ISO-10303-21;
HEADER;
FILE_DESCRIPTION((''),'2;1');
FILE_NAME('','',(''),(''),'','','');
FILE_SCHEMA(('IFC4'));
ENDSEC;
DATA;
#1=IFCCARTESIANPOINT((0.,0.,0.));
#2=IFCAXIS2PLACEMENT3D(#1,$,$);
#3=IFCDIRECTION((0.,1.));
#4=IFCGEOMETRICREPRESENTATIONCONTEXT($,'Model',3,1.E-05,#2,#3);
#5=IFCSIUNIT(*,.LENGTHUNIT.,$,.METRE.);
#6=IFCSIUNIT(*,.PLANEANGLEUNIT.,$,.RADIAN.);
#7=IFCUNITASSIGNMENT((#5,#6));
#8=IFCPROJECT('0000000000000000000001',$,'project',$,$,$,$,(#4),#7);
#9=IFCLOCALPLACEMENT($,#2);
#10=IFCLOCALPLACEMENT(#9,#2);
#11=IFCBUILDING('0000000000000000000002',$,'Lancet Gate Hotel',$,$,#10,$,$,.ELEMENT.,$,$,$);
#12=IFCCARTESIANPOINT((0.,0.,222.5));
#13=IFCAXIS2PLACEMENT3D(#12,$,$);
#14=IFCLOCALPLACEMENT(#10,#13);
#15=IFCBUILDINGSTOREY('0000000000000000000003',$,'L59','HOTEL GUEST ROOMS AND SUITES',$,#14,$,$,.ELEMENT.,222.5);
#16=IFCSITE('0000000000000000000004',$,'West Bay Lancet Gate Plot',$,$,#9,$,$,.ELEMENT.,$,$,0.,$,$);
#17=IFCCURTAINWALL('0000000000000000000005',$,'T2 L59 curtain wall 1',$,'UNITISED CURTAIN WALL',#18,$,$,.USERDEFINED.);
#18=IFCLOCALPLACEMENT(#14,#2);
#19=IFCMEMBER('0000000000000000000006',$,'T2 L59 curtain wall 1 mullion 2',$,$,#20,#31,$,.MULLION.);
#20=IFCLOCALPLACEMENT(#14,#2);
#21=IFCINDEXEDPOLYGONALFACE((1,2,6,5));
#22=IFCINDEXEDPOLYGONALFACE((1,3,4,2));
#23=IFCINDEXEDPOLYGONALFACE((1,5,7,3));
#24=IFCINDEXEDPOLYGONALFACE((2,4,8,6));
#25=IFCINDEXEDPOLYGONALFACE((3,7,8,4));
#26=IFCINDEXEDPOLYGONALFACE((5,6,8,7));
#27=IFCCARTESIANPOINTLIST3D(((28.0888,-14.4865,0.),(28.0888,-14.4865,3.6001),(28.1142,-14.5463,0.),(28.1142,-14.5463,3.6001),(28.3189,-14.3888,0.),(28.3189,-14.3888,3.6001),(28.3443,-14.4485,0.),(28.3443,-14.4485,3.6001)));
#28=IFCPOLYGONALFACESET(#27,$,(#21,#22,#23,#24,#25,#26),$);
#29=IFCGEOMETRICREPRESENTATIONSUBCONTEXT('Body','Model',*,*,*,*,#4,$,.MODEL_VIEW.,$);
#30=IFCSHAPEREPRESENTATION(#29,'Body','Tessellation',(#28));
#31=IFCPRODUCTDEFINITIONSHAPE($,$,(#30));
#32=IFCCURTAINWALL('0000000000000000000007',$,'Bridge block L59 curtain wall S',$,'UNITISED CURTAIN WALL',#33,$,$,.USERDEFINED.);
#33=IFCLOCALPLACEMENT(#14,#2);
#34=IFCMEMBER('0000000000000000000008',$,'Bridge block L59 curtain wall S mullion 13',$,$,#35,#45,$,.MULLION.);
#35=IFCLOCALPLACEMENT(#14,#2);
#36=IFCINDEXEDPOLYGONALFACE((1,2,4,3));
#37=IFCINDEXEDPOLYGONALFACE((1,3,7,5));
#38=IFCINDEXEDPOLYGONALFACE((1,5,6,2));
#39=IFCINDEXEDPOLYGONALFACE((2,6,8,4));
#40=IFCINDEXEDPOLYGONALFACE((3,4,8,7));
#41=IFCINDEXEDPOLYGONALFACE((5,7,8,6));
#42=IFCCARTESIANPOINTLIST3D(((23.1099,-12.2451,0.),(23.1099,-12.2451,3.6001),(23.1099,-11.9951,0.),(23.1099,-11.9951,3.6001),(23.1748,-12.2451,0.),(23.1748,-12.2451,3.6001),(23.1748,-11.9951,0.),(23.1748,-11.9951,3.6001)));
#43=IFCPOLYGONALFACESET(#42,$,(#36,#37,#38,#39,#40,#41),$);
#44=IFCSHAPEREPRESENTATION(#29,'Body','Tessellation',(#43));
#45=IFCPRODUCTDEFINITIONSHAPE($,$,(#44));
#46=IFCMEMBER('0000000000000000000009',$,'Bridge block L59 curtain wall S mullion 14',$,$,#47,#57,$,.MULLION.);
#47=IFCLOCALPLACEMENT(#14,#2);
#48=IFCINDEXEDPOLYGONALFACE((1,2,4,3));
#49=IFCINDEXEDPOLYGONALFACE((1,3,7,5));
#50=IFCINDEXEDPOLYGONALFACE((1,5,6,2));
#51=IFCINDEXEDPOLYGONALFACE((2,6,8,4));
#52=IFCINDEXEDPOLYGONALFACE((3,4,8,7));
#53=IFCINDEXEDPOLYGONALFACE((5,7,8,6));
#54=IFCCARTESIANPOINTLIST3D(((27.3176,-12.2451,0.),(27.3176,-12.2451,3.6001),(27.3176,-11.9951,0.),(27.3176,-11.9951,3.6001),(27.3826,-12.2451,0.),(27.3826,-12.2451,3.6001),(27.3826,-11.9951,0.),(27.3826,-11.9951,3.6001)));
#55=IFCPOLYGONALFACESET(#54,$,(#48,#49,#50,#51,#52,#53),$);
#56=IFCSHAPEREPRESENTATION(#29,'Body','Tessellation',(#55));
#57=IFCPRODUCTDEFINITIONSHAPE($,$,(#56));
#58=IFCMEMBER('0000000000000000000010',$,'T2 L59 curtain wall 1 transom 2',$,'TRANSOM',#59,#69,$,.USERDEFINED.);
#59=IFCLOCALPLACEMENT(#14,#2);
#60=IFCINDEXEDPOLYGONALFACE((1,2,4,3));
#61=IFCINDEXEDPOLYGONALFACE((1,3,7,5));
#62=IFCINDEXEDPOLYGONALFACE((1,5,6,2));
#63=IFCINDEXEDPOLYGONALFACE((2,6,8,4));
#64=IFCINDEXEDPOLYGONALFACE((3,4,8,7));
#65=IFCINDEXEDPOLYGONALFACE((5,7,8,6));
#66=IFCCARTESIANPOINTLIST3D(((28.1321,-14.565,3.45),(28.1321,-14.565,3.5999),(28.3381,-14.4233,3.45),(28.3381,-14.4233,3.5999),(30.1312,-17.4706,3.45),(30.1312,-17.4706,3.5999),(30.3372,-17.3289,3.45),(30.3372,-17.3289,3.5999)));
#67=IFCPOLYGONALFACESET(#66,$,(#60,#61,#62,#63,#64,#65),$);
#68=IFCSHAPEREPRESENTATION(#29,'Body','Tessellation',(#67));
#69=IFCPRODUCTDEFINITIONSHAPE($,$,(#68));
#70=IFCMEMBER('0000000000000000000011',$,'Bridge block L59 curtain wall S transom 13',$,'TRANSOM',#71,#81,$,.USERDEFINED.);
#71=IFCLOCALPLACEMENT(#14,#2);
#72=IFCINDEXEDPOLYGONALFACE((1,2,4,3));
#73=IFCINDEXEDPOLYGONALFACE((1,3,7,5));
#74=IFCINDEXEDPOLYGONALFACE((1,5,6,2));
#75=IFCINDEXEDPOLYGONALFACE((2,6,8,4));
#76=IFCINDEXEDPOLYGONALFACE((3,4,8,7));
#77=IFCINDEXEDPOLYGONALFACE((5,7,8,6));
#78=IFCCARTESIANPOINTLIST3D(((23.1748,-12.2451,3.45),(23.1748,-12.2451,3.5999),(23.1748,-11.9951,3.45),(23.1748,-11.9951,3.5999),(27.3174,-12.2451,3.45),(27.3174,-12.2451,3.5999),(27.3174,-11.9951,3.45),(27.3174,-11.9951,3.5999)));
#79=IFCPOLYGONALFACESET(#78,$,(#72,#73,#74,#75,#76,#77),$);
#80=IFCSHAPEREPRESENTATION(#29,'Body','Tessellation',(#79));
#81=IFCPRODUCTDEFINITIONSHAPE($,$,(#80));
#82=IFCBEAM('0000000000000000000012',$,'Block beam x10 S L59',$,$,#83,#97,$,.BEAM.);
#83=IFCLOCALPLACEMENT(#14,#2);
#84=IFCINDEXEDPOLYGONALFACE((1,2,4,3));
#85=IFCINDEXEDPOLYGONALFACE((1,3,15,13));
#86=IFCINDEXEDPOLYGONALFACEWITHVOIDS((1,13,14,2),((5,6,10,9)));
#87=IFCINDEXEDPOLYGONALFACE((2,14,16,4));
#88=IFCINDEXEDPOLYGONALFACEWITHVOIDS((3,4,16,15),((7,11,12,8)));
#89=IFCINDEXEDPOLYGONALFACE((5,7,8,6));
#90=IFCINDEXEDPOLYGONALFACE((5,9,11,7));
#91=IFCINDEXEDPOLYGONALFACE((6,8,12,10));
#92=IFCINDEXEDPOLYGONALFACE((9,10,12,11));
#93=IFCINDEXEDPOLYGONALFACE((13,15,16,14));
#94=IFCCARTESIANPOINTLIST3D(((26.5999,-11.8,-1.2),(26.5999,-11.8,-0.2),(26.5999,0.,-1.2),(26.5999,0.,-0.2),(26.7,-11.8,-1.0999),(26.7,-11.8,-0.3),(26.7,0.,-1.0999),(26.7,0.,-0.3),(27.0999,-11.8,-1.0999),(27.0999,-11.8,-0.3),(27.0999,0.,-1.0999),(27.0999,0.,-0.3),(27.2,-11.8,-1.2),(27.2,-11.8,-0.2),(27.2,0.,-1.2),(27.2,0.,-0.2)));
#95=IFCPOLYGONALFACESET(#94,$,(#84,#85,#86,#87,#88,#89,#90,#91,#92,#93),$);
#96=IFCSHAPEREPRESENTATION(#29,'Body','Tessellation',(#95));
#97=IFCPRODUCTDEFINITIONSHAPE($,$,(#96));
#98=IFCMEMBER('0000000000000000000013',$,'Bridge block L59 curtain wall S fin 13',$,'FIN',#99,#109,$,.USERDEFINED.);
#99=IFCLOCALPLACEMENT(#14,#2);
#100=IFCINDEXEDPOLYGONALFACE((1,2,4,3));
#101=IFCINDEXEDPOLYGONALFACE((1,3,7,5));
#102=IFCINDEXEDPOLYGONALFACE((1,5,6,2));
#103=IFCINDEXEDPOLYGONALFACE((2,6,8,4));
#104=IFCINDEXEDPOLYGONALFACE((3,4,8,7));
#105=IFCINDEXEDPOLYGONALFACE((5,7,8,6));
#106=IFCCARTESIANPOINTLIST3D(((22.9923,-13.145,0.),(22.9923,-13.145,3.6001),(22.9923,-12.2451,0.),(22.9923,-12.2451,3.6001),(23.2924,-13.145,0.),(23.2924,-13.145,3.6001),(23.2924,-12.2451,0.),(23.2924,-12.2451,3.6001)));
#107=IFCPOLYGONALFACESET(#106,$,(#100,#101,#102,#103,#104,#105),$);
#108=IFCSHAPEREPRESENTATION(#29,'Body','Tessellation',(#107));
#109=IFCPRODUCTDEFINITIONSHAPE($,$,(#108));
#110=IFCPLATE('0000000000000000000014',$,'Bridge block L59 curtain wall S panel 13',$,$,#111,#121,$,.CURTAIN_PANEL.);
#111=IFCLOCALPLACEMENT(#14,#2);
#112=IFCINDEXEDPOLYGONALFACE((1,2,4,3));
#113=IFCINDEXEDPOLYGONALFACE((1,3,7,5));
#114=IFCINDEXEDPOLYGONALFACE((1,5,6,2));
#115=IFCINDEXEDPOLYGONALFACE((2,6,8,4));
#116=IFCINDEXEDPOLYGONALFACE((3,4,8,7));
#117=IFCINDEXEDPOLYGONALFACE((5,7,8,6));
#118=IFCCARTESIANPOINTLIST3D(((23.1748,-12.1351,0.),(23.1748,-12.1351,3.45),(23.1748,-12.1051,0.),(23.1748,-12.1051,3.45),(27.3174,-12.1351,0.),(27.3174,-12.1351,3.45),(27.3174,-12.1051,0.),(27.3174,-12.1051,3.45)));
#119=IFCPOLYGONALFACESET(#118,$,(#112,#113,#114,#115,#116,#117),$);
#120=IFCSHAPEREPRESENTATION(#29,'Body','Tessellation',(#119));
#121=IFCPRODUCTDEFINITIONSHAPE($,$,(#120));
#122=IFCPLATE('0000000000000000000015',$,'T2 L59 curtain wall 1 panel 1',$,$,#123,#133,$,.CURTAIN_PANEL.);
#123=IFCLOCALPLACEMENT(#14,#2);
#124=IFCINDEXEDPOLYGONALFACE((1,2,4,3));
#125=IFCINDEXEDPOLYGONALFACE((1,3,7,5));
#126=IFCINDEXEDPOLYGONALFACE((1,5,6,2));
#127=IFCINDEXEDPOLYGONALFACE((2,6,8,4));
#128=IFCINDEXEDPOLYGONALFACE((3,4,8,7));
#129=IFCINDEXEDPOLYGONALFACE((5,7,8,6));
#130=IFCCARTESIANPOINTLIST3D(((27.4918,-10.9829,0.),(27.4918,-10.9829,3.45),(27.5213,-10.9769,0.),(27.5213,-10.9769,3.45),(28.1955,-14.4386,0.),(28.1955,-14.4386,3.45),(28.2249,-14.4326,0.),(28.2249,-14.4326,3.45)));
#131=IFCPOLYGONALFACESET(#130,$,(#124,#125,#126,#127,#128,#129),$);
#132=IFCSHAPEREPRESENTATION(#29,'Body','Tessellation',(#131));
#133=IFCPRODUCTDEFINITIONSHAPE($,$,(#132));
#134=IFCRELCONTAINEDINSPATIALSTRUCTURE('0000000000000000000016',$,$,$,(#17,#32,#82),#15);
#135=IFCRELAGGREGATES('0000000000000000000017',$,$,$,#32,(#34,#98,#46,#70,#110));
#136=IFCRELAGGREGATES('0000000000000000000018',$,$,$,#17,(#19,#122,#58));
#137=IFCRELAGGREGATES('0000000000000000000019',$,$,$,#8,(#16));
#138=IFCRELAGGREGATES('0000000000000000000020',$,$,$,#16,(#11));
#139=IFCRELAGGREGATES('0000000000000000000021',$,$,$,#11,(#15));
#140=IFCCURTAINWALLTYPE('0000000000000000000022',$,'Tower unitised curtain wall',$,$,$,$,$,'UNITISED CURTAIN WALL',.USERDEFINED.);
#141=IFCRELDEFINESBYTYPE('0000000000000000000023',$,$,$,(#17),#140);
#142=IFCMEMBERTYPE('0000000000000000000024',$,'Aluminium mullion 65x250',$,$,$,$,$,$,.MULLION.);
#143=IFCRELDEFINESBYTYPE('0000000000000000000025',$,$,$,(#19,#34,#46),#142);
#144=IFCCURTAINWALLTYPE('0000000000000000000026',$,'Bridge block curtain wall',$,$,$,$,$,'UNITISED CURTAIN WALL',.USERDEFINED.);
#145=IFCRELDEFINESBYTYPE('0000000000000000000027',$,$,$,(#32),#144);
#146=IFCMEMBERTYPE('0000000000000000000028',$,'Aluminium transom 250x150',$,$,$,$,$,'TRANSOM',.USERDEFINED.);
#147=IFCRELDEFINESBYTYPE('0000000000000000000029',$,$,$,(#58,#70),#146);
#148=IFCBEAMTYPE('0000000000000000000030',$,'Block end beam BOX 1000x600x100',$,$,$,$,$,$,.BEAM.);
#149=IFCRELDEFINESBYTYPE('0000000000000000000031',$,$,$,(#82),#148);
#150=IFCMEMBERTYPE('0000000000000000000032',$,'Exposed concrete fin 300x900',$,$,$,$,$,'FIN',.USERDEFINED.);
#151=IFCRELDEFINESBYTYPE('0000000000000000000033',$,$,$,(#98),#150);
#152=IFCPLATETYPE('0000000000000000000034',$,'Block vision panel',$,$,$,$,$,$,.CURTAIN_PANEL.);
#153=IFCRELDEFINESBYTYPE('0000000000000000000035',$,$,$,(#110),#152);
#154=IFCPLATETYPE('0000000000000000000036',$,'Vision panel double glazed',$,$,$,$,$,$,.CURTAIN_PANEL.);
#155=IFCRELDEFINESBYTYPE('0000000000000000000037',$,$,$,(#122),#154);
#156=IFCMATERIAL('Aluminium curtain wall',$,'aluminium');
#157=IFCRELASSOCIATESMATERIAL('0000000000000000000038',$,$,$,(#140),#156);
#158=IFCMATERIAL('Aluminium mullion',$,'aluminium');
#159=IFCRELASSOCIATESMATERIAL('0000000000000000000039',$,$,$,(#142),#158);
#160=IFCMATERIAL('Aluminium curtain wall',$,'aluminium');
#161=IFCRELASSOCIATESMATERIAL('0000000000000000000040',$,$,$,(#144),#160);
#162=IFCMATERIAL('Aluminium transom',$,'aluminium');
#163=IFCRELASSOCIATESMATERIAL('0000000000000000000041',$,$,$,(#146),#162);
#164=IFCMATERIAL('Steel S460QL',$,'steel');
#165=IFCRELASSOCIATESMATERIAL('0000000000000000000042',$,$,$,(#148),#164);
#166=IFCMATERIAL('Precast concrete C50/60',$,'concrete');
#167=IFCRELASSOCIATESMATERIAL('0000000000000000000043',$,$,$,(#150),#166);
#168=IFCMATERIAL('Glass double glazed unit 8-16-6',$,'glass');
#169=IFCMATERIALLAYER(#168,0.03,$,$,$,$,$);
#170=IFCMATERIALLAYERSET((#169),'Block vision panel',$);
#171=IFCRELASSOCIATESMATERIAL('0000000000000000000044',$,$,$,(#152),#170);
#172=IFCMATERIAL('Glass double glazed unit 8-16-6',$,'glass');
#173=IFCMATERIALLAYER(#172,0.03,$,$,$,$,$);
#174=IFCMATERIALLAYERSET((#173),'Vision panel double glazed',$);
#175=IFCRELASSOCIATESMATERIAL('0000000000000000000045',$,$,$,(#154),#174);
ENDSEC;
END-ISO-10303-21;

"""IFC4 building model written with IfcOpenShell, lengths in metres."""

from ifc_helpers import new_model, si_unit, direction, frame, origin, origin_2d, place, context, subcontext, project, spatial, rectangle, hollow_rectangle, extrude, material, layer, layer_set, material_profile, profile_set, type_object, element, aggregate, save


model = new_model("IFC4")

# Units and contexts
model_context = context("Model", 3, precision=1e-05, world=origin(), true_north=direction((0.0, 1.0)))
body_context = subcontext(model_context, "Body", "Model", "MODEL_VIEW")
ifc_project = project(units=[si_unit("LENGTHUNIT", "METRE"), si_unit("PLANEANGLEUNIT", "RADIAN")], contexts=[model_context])

# Site, building, storey
site_placement = place(None, origin())
site = spatial("IfcSite", under=ifc_project, at=site_placement, Name="West Bay Lancet Gate Plot", CompositionType="ELEMENT", RefElevation=0.0)
building_placement = place(site_placement, origin())
building = spatial("IfcBuilding", under=site, at=building_placement, Name="Lancet Gate Hotel", CompositionType="ELEMENT")
storey_placement = place(building_placement, frame((0.0, 0.0, 222.5)))
storey = spatial("IfcBuildingStorey", under=building, at=storey_placement, Name="L59", Description="HOTEL GUEST ROOMS AND SUITES", CompositionType="ELEMENT", Elevation=222.5)

# Curtain wall, member
ifc_material_1 = material(Name="Aluminium curtain wall", Category="aluminium")
curtain_wall_type_1 = type_object("IfcCurtainWallType", Name="Tower unitised curtain wall", ElementType="UNITISED CURTAIN WALL", PredefinedType="USERDEFINED", material=ifc_material_1)
curtain_wall_1_placement = place(storey_placement, origin())
curtain_wall_1 = element("IfcCurtainWall", 1, at=curtain_wall_1_placement, inside=storey, type_object=curtain_wall_type_1, Name="T2 L59 curtain wall 1", ObjectType="UNITISED CURTAIN WALL", PredefinedType="USERDEFINED")
ifc_material_2 = material(Name="Aluminium mullion", Category="aluminium")
ifc_material_profile_1 = material_profile(ifc_material_2, rectangle(XDim=0.0649, YDim=0.25, at=origin_2d()), Name="MULLION 65x250")
ifc_profile_set_1 = profile_set([ifc_material_profile_1], Name="Aluminium mullion")
member_type_1 = type_object("IfcMemberType", Name="Aluminium mullion 65x250", PredefinedType="MULLION", material=ifc_profile_set_1)
member_1_placement = place(storey_placement, frame((28.2166, -14.4675, 0.0), z_axis=(0.0, 0.0, 1.0), x_axis=(0.391042, -0.920373, 0.0)))
member_1 = element("IfcMember", 2, at=member_1_placement, type_object=member_type_1, Name="T2 L59 curtain wall 1 mullion 2", PredefinedType="MULLION", context=body_context, shape_type="SweptSolid", body=[
    extrude(rectangle(XDim=0.0649, YDim=0.25, at=origin_2d()), origin(), (0.0, 0.0, 1.0), 3.6001),
])

# Curtain wall, members
ifc_material_3 = material(Name="Aluminium curtain wall", Category="aluminium")
curtain_wall_type_2 = type_object("IfcCurtainWallType", Name="Bridge block curtain wall", ElementType="UNITISED CURTAIN WALL", PredefinedType="USERDEFINED", material=ifc_material_3)
curtain_wall_2_placement = place(storey_placement, origin())
curtain_wall_2 = element("IfcCurtainWall", 3, at=curtain_wall_2_placement, inside=storey, type_object=curtain_wall_type_2, Name="Bridge block L59 curtain wall S", ObjectType="UNITISED CURTAIN WALL", PredefinedType="USERDEFINED")
member_2_placement = place(storey_placement, frame((23.1423, -12.1201, 0.0), z_axis=(0.0, 0.0, 1.0), x_axis=(1.0, 0.0, 0.0)))
member_2 = element("IfcMember", 4, at=member_2_placement, type_object=member_type_1, Name="Bridge block L59 curtain wall S mullion 13", PredefinedType="MULLION", context=body_context, shape_type="SweptSolid", body=[
    extrude(rectangle(XDim=0.0649, YDim=0.25, at=origin_2d()), origin(), (0.0, 0.0, 1.0), 3.6001),
])
member_3_placement = place(storey_placement, frame((27.3501, -12.1201, 0.0), z_axis=(0.0, 0.0, 1.0), x_axis=(1.0, 0.0, 0.0)))
member_3 = element("IfcMember", 5, at=member_3_placement, type_object=member_type_1, Name="Bridge block L59 curtain wall S mullion 14", PredefinedType="MULLION", context=body_context, shape_type="SweptSolid", body=[
    extrude(rectangle(XDim=0.0649, YDim=0.25, at=origin_2d()), origin(), (0.0, 0.0, 1.0), 3.6001),
])

# Members
ifc_material_4 = material(Name="Aluminium transom", Category="aluminium")
ifc_material_profile_2 = material_profile(ifc_material_4, rectangle(XDim=0.25, YDim=0.1499, at=origin_2d()), Name="TRANSOM 250x150")
ifc_profile_set_2 = profile_set([ifc_material_profile_2], Name="Aluminium transom")
member_type_2 = type_object("IfcMemberType", Name="Aluminium transom 250x150", ElementType="TRANSOM", PredefinedType="USERDEFINED", material=ifc_profile_set_2)
member_4_placement = place(storey_placement, frame((28.2351, -14.4941, 3.5249), z_axis=(0.566814, -0.823846, 0.0), x_axis=(0.823846, 0.566814, 0.0)))
member_4 = element("IfcMember", 6, at=member_4_placement, type_object=member_type_2, Name="T2 L59 curtain wall 1 transom 2", ObjectType="TRANSOM", PredefinedType="USERDEFINED", context=body_context, shape_type="SweptSolid", body=[
    extrude(rectangle(XDim=0.25, YDim=0.1499, at=origin_2d()), origin(), (0.0, 0.0, 1.0), 3.5269),
])
member_5_placement = place(storey_placement, frame((23.1748, -12.1201, 3.5249), z_axis=(1.0, 0.0, 0.0), x_axis=(0.0, 1.0, 0.0)))
member_5 = element("IfcMember", 7, at=member_5_placement, type_object=member_type_2, Name="Bridge block L59 curtain wall S transom 13", ObjectType="TRANSOM", PredefinedType="USERDEFINED", context=body_context, shape_type="SweptSolid", body=[
    extrude(rectangle(XDim=0.25, YDim=0.1499, at=origin_2d()), origin(), (0.0, 0.0, 1.0), 4.1426),
])

# Beam
ifc_material_5 = material(Name="Steel S460QL", Category="steel")
ifc_material_profile_3 = material_profile(ifc_material_5, hollow_rectangle(XDim=0.6001, YDim=1.0, WallThickness=0.1001, at=origin_2d()), Name="BOX 1000x600x100")
ifc_profile_set_3 = profile_set([ifc_material_profile_3], Name="Steel S460QL")
beam_type = type_object("IfcBeamType", Name="Block end beam BOX 1000x600x100", PredefinedType="BEAM", material=ifc_profile_set_3)
beam_placement = place(storey_placement, frame((26.8999, -11.8, -0.7), z_axis=(0.0, 1.0, 0.0), x_axis=(-1.0, 0.0, 0.0)))
element("IfcBeam", 8, at=beam_placement, inside=storey, type_object=beam_type, Name="Block beam x10 S L59", PredefinedType="BEAM", context=body_context, shape_type="SweptSolid", body=[
    extrude(hollow_rectangle(XDim=0.6001, YDim=1.0, WallThickness=0.1001, at=origin_2d()), origin(), (0.0, 0.0, 1.0), 11.8),
])

# Member
ifc_material_6 = material(Name="Precast concrete C50/60", Category="concrete")
ifc_material_profile_4 = material_profile(ifc_material_6, rectangle(XDim=0.3, YDim=0.8999, at=origin_2d()), Name="FIN 300x900")
ifc_profile_set_4 = profile_set([ifc_material_profile_4], Name="Precast concrete C50/60")
member_type_3 = type_object("IfcMemberType", Name="Exposed concrete fin 300x900", ElementType="FIN", PredefinedType="USERDEFINED", material=ifc_profile_set_4)
member_6_placement = place(storey_placement, frame((23.1423, -12.6951, 0.0), z_axis=(0.0, 0.0, 1.0), x_axis=(1.0, 0.0, 0.0)))
member_6 = element("IfcMember", 9, at=member_6_placement, type_object=member_type_3, Name="Bridge block L59 curtain wall S fin 13", ObjectType="FIN", PredefinedType="USERDEFINED", context=body_context, shape_type="SweptSolid", body=[
    extrude(rectangle(XDim=0.3, YDim=0.8999, at=origin_2d()), origin(), (0.0, 0.0, 1.0), 3.6001),
])

# Plates
ifc_material_7 = material(Name="Glass double glazed unit 8-16-6", Category="glass")
ifc_layer_1 = layer(ifc_material_7, 0.03)
ifc_layer_set_1 = layer_set([ifc_layer_1], Name="Block vision panel")
plate_type_1 = type_object("IfcPlateType", Name="Block vision panel", PredefinedType="CURTAIN_PANEL", material=ifc_layer_set_1)
plate_1_placement = place(storey_placement, frame((25.2461, -12.1201, 0.0), z_axis=(0.0, 0.0, 1.0), x_axis=(1.0, 0.0, 0.0)))
plate_1 = element("IfcPlate", 10, at=plate_1_placement, type_object=plate_type_1, Name="Bridge block L59 curtain wall S panel 13", PredefinedType="CURTAIN_PANEL", context=body_context, shape_type="SweptSolid", body=[
    extrude(rectangle(XDim=4.1426, YDim=0.03, at=origin_2d()), origin(), (0.0, 0.0, 1.0), 3.45),
])
aggregate(curtain_wall_2, [member_2, member_6, member_3, member_5, plate_1])
ifc_material_8 = material(Name="Glass double glazed unit 8-16-6", Category="glass")
ifc_layer_2 = layer(ifc_material_8, 0.03)
ifc_layer_set_2 = layer_set([ifc_layer_2], Name="Vision panel double glazed")
plate_type_2 = type_object("IfcPlateType", Name="Vision panel double glazed", PredefinedType="CURTAIN_PANEL", material=ifc_layer_set_2)
plate_2_placement = place(storey_placement, frame((27.8584, -12.7078, 0.0), z_axis=(0.0, 0.0, 1.0), x_axis=(0.199533, -0.979891, 0.0)))
plate_2 = element("IfcPlate", 11, at=plate_2_placement, type_object=plate_type_2, Name="T2 L59 curtain wall 1 panel 1", PredefinedType="CURTAIN_PANEL", context=body_context, shape_type="SweptSolid", body=[
    extrude(rectangle(XDim=3.5266, YDim=0.03, at=origin_2d()), origin(), (0.0, 0.0, 1.0), 3.45),
])
aggregate(curtain_wall_1, [member_1, plate_2, member_4])

save(model, "model.ifc")
